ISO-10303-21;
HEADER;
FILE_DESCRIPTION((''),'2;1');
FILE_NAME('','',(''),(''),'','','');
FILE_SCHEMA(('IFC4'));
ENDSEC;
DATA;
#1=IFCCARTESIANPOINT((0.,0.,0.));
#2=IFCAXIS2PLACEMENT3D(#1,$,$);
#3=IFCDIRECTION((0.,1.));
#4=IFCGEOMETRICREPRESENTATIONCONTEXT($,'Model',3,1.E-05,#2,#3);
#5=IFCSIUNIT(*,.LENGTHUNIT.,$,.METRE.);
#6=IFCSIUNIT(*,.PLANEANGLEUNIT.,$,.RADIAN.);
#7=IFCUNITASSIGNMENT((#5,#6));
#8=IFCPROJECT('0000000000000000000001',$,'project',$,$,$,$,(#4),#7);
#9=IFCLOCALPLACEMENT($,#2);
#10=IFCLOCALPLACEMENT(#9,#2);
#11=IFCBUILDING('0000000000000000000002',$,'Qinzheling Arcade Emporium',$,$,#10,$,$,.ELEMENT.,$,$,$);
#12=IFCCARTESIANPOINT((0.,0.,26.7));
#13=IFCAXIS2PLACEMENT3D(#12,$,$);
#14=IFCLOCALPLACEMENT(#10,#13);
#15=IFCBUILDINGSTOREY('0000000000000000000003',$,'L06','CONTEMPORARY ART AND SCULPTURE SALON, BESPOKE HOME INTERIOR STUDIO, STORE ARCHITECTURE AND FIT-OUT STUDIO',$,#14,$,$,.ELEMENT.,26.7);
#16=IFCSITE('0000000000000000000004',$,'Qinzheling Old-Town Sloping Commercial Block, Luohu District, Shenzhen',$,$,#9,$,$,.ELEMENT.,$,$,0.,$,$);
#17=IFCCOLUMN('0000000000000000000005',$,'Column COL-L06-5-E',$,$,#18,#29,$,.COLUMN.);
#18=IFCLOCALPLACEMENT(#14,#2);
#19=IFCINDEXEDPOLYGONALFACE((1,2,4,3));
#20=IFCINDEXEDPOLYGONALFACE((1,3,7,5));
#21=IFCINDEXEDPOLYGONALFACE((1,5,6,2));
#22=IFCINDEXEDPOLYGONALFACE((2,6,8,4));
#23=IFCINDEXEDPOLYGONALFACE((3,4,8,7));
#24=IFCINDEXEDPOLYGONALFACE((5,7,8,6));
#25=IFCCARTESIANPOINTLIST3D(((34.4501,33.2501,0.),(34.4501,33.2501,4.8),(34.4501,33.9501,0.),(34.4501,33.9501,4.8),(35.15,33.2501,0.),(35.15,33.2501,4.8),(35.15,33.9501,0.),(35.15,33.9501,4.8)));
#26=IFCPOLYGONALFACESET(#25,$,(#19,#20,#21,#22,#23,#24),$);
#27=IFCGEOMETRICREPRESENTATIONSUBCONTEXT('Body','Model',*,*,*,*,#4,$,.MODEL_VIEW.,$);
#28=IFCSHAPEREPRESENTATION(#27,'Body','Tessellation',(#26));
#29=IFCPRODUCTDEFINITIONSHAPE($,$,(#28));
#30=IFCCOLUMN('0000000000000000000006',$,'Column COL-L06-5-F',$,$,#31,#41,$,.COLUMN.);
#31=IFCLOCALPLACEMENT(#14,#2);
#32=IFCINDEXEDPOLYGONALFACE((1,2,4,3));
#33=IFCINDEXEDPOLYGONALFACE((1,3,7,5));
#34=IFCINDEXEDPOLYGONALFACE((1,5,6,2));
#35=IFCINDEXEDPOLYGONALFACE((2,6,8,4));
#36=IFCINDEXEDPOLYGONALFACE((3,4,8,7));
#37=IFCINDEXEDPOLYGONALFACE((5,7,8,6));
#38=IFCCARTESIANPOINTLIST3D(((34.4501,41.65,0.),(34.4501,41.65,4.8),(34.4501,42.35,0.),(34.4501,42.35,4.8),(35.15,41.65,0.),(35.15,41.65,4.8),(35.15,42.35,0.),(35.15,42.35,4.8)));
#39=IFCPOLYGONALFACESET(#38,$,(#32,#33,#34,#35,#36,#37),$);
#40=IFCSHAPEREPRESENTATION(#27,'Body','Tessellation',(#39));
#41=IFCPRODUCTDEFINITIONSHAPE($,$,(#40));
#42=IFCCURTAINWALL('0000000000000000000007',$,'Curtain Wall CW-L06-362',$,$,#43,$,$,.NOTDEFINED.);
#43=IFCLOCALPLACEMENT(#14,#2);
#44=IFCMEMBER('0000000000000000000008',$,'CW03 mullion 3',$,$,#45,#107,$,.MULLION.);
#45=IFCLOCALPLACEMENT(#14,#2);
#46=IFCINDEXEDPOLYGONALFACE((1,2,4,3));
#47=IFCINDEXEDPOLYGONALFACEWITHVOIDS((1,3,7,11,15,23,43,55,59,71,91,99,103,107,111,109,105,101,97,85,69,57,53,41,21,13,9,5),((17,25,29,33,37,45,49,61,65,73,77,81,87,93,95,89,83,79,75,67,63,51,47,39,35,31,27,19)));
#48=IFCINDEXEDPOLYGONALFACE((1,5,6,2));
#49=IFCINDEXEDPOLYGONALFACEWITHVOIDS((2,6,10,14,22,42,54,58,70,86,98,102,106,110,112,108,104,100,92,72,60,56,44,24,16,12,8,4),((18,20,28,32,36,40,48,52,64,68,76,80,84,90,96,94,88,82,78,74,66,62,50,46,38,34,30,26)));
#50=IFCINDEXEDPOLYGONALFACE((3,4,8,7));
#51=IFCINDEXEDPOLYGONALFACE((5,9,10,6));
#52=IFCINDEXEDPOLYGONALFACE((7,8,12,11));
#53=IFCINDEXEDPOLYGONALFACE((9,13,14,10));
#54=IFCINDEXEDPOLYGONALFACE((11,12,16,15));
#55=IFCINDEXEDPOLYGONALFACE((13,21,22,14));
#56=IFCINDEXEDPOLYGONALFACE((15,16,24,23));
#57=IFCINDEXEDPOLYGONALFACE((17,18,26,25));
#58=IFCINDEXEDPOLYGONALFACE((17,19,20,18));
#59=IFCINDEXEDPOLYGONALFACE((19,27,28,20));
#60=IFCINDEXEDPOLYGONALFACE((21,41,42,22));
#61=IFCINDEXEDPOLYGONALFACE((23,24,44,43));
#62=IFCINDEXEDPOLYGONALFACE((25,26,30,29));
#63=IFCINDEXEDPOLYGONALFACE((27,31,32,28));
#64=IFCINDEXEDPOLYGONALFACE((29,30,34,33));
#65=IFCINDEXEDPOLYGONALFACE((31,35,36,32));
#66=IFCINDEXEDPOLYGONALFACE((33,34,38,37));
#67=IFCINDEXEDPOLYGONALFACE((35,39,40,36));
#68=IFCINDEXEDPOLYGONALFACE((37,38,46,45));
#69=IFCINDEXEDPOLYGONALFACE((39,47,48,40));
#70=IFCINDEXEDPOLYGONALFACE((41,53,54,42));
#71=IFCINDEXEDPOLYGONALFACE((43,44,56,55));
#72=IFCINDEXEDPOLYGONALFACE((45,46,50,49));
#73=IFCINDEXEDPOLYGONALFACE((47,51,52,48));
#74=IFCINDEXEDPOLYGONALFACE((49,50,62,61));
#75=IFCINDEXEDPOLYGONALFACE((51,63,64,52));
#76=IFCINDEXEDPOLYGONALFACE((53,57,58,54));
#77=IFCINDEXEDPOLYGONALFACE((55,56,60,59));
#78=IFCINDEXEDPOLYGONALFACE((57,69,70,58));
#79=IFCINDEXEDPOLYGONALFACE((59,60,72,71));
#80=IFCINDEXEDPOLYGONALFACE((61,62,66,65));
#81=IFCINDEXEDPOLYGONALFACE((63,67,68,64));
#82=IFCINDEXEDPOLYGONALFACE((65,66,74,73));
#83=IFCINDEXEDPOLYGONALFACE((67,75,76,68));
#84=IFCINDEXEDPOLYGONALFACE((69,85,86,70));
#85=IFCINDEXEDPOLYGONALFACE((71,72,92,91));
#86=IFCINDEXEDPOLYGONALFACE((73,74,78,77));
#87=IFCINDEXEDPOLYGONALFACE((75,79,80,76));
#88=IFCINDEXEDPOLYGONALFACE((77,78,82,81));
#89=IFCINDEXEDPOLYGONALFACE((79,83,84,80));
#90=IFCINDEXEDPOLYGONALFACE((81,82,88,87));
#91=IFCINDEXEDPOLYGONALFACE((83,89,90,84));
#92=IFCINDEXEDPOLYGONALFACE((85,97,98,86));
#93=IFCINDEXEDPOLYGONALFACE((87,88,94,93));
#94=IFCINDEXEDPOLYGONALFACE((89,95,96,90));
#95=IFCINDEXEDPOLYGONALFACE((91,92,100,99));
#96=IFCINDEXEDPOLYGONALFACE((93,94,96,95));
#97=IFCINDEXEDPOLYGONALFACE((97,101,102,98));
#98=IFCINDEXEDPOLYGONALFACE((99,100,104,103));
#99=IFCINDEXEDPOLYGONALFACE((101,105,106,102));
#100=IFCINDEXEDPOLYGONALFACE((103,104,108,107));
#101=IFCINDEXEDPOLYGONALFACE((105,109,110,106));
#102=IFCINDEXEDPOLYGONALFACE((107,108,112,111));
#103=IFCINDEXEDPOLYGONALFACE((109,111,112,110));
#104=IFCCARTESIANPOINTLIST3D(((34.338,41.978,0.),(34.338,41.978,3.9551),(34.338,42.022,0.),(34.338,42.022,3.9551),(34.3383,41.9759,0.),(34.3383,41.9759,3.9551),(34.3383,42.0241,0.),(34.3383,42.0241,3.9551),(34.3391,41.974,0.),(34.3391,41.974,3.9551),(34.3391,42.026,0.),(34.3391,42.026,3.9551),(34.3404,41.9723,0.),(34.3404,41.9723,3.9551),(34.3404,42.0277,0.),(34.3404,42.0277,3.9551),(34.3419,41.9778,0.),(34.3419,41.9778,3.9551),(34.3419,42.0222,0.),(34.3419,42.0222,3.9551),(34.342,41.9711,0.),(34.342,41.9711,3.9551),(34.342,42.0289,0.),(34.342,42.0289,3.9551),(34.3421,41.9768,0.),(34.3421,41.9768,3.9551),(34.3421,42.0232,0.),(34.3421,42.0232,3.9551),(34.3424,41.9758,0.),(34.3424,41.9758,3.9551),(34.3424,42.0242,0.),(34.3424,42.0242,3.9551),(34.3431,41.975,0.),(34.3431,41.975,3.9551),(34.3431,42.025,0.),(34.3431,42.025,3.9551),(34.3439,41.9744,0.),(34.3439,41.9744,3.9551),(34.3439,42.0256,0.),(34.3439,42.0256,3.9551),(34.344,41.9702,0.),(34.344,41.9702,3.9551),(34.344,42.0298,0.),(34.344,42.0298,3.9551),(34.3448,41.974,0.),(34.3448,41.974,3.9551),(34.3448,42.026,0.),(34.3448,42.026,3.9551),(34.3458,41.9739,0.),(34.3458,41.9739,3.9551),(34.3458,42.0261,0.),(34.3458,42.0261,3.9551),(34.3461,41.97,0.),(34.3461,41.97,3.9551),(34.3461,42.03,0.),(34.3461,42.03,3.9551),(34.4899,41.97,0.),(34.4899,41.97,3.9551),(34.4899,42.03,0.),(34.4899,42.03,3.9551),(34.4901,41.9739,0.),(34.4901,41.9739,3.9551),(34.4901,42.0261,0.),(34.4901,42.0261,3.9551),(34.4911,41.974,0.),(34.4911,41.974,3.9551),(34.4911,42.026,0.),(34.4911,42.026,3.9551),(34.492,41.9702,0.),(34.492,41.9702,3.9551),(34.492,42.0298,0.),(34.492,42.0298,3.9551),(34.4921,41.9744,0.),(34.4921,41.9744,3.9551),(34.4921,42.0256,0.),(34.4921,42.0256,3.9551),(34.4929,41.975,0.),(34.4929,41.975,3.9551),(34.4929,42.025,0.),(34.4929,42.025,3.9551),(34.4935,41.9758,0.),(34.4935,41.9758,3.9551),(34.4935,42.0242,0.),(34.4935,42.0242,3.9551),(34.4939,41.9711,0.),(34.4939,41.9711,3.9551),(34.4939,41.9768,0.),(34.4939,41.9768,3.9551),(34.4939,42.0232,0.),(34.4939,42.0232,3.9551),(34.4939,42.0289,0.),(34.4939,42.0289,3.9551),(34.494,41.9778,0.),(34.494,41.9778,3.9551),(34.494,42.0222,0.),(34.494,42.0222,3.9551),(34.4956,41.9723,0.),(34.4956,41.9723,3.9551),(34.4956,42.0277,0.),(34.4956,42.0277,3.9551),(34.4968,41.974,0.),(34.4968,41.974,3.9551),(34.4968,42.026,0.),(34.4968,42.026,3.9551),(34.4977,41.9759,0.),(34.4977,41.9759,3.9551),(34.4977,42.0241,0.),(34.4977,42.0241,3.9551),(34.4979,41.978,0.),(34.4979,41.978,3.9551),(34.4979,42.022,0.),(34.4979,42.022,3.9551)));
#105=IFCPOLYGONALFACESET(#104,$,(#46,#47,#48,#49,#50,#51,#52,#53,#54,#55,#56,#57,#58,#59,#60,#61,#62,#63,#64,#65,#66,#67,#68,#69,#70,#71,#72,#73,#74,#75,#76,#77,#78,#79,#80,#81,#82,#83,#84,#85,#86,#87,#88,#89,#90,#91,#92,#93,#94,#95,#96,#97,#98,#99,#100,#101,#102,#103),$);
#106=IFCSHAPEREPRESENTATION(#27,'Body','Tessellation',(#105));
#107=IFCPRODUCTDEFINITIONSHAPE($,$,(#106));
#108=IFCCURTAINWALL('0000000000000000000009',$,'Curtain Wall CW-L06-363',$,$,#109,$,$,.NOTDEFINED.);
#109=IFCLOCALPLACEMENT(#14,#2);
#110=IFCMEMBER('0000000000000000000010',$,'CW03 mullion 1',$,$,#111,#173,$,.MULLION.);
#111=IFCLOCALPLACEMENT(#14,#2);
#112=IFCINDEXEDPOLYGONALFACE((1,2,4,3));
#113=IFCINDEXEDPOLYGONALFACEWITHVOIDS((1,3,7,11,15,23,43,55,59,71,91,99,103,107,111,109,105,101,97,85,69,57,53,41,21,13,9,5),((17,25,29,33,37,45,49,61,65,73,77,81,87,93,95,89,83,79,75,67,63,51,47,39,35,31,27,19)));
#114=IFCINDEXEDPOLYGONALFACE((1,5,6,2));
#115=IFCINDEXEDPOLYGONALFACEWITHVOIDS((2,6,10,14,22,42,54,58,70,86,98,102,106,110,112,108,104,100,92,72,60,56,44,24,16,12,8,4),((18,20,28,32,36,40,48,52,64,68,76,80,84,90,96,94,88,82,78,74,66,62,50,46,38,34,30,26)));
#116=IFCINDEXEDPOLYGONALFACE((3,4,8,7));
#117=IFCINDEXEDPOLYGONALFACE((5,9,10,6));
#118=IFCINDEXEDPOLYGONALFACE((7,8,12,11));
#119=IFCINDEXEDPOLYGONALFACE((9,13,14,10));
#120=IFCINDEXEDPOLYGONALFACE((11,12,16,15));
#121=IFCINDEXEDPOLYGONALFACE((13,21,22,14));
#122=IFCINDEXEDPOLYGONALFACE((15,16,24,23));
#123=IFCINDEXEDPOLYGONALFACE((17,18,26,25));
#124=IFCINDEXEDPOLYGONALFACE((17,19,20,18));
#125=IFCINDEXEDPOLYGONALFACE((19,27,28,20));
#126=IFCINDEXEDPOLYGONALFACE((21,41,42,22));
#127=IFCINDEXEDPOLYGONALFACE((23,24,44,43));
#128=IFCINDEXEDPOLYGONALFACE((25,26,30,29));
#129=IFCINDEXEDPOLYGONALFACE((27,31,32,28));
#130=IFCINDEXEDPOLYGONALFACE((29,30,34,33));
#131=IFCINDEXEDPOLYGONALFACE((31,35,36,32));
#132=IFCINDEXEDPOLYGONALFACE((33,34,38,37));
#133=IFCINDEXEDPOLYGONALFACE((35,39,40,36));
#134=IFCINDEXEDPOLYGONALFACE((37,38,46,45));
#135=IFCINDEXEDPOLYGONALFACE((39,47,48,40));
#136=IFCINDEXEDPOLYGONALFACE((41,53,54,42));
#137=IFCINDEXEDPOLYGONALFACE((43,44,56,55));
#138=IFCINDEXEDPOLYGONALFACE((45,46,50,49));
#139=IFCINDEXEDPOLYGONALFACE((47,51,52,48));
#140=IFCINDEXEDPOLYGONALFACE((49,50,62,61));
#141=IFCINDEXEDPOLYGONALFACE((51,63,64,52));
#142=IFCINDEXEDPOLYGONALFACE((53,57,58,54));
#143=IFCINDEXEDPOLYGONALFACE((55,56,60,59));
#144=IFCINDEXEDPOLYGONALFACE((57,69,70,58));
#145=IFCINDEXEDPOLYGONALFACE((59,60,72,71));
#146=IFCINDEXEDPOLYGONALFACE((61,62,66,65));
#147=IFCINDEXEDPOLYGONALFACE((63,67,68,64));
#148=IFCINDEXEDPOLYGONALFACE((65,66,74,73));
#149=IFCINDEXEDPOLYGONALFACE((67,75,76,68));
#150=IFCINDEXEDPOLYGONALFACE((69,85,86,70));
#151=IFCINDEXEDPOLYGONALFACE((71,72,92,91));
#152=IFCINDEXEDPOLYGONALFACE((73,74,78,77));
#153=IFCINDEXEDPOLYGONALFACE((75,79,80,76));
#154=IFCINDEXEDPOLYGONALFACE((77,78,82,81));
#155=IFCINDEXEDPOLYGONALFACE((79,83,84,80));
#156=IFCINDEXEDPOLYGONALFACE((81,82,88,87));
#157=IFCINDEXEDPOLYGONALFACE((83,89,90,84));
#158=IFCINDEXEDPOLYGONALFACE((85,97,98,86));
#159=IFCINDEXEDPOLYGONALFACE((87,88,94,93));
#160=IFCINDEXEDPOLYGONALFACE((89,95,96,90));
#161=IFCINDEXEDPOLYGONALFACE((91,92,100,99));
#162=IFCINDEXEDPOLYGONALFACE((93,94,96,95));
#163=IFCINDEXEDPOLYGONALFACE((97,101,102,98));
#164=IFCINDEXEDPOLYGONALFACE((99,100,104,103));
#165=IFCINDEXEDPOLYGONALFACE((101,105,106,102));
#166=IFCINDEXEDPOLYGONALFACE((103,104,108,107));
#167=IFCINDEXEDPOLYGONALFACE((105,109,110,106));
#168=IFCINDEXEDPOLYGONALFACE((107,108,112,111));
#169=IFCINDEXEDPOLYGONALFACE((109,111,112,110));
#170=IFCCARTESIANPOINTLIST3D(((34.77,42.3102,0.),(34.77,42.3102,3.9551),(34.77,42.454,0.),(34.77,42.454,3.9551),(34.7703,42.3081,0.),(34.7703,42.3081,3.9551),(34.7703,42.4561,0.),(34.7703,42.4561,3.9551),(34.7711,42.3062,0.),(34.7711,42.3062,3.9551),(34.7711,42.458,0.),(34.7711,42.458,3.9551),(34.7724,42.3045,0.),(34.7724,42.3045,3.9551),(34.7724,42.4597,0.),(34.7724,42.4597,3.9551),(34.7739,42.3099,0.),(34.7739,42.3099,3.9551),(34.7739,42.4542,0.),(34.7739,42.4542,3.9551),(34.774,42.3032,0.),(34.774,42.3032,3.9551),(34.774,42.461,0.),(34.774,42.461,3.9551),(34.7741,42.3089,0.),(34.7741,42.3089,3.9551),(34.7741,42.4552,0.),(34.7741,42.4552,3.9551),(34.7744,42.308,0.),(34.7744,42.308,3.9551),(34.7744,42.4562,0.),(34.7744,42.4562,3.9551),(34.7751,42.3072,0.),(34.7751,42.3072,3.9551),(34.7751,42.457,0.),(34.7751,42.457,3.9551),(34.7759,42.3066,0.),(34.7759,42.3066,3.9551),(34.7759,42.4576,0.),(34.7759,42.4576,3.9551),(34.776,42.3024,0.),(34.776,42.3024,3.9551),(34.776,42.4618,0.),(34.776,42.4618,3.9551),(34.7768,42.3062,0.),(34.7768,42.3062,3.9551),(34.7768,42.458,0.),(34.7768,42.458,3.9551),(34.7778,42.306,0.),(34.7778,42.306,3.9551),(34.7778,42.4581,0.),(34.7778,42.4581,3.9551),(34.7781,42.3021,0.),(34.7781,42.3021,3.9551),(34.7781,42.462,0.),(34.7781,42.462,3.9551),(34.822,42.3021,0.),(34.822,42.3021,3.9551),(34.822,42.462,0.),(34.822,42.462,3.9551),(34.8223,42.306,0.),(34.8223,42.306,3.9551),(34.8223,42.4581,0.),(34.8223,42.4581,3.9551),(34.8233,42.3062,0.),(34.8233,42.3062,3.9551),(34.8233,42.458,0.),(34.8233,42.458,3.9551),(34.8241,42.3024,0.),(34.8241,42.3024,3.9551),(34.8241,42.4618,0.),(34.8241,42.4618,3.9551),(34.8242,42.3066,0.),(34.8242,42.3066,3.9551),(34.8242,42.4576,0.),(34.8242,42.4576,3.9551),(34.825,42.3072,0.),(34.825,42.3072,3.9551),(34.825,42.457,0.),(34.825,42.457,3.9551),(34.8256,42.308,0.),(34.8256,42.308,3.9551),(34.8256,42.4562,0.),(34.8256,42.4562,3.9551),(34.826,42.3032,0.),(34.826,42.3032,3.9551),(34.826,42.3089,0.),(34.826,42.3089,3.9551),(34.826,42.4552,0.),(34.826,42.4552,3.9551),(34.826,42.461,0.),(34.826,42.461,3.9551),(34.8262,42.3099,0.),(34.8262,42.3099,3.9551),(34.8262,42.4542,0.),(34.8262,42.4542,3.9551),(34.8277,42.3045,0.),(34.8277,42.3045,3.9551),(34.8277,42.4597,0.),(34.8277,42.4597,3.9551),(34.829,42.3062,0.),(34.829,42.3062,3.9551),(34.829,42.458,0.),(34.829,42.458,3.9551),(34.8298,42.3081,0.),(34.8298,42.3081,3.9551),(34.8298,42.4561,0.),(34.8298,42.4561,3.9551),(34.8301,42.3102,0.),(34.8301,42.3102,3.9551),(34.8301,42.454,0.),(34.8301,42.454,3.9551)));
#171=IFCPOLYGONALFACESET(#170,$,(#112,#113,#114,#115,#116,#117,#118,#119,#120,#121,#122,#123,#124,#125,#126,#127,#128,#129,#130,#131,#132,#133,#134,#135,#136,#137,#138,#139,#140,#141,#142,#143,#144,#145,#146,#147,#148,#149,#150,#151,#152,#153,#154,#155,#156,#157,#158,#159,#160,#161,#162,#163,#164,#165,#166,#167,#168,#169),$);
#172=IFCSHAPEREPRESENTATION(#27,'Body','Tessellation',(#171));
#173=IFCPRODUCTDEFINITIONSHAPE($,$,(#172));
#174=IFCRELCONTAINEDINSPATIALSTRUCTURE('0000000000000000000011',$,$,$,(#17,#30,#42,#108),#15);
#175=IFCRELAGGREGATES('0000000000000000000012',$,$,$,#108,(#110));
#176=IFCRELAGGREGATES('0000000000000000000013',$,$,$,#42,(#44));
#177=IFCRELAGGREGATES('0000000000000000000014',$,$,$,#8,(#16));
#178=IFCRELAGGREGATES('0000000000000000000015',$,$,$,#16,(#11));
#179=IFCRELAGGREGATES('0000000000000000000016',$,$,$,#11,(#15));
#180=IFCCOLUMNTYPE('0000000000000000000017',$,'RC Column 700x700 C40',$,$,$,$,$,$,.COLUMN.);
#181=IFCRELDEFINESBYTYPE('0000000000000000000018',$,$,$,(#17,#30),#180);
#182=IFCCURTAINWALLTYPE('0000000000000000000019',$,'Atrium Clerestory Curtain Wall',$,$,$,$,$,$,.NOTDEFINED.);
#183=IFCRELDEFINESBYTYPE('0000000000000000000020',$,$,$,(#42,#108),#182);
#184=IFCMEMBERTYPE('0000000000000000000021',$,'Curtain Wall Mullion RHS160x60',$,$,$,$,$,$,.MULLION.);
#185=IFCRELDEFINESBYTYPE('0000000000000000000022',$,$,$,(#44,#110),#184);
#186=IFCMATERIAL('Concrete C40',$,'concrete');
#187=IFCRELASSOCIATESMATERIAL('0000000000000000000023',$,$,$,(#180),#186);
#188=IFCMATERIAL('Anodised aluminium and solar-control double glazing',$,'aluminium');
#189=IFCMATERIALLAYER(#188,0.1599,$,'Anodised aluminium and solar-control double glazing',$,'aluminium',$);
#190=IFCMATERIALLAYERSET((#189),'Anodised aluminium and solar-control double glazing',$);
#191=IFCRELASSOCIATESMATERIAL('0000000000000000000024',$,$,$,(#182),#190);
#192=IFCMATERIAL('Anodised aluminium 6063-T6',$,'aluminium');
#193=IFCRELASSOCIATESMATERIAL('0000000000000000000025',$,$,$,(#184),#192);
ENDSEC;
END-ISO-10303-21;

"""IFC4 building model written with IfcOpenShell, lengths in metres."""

from ifc_helpers import new_model, si_unit, direction, frame, origin, origin_2d, place, context, subcontext, project, spatial, rectangle, hollow_rectangle, extrude, material, layer, layer_set, material_profile, profile_set, type_object, element, aggregate, save


model = new_model("IFC4")

# Units and contexts
model_context = context("Model", 3, precision=1e-05, world=origin(), true_north=direction((0.0, 1.0)))
body_context = subcontext(model_context, "Body", "Model", "MODEL_VIEW")
ifc_project = project(units=[si_unit("LENGTHUNIT", "METRE"), si_unit("PLANEANGLEUNIT", "RADIAN")], contexts=[model_context])

# Site, building, storey
site_placement = place(None, origin())
site = spatial("IfcSite", under=ifc_project, at=site_placement, Name="Qinzheling Old-Town Sloping Commercial Block, Luohu District, Shenzhen", CompositionType="ELEMENT", RefElevation=0.0)
building_placement = place(site_placement, origin())
building = spatial("IfcBuilding", under=site, at=building_placement, Name="Qinzheling Arcade Emporium", CompositionType="ELEMENT")
storey_placement = place(building_placement, frame((0.0, 0.0, 26.7)))
storey = spatial("IfcBuildingStorey", under=building, at=storey_placement, Name="L06", Description="CONTEMPORARY ART AND SCULPTURE SALON, BESPOKE HOME INTERIOR STUDIO, STORE ARCHITECTURE AND FIT-OUT STUDIO", CompositionType="ELEMENT", Elevation=26.7)

# Columns
ifc_material_1 = material(Name="Concrete C40", Category="concrete")
ifc_material_profile_1 = material_profile(ifc_material_1, rectangle(XDim=0.7, YDim=0.7, at=origin_2d()), Name="RC 700x700", Category="concrete")
ifc_profile_set_1 = profile_set([ifc_material_profile_1], Name="Concrete C40")
column_type = type_object("IfcColumnType", Name="RC Column 700x700 C40", PredefinedType="COLUMN", material=ifc_profile_set_1)
for number, where, z_axis, x_axis, name in (
    (1, (34.8, 33.6001, 0.0), (0.0, 0.0, 1.0), (1.0, 0.0, 0.0), "Column COL-L06-5-E"),
    (2, (34.8, 42.0, 0.0), (0.0, 0.0, 1.0), (1.0, 0.0, 0.0), "Column COL-L06-5-F"),
):
    element("IfcColumn", number, at=place(storey_placement, frame(where, z_axis=z_axis, x_axis=x_axis)), inside=storey, type_object=column_type, Name=name, PredefinedType="COLUMN", context=body_context, shape_type="SweptSolid", body=[
        extrude(rectangle(XDim=0.7, YDim=0.7, at=origin_2d()), origin(), (0.0, 0.0, 1.0), 4.8),
    ])

# Curtain walls, members
ifc_material_2 = material(Name="Anodised aluminium and solar-control double glazing", Category="aluminium")
ifc_layer_1 = layer(ifc_material_2, 0.1599, Name="Anodised aluminium and solar-control double glazing", Category="aluminium")
ifc_layer_set_1 = layer_set([ifc_layer_1], Name="Anodised aluminium and solar-control double glazing")
curtain_wall_type = type_object("IfcCurtainWallType", Name="Atrium Clerestory Curtain Wall", PredefinedType="NOTDEFINED", material=ifc_layer_set_1)
curtain_wall_1_placement = place(storey_placement, origin())
curtain_wall_1 = element("IfcCurtainWall", 3, at=curtain_wall_1_placement, inside=storey, type_object=curtain_wall_type, Name="Curtain Wall CW-L06-362", PredefinedType="NOTDEFINED")
ifc_material_3 = material(Name="Anodised aluminium 6063-T6", Category="aluminium")
ifc_material_profile_2 = material_profile(ifc_material_3, hollow_rectangle(XDim=0.0601, YDim=0.1599, WallThickness=0.0039, InnerFilletRadius=0.0039, OuterFilletRadius=0.0081, at=origin_2d()), Name="RHS 160x60x4", Category="aluminium")
ifc_profile_set_2 = profile_set([ifc_material_profile_2], Name="Anodised aluminium 6063-T6")
member_type_1 = type_object("IfcMemberType", Name="Curtain Wall Mullion RHS160x60", PredefinedType="MULLION", material=ifc_profile_set_2)
member_1_placement = place(storey_placement, frame((34.418, 42.0, 0.0), z_axis=(0.0, 0.0, 1.0), x_axis=(0.0, 1.0, 0.0)))
member_1 = element("IfcMember", 4, at=member_1_placement, type_object=member_type_1, Name="CW03 mullion 3", PredefinedType="MULLION", context=body_context, shape_type="SweptSolid", body=[
    extrude(hollow_rectangle(XDim=0.0601, YDim=0.1599, WallThickness=0.0039, InnerFilletRadius=0.0039, OuterFilletRadius=0.0081, at=origin_2d()), origin(), (0.0, 0.0, 1.0), 3.9551),
])
curtain_wall_2_placement = place(storey_placement, origin())
curtain_wall_2 = element("IfcCurtainWall", 5, at=curtain_wall_2_placement, inside=storey, type_object=curtain_wall_type, Name="Curtain Wall CW-L06-363", PredefinedType="NOTDEFINED")
member_2_placement = place(storey_placement, frame((34.8, 42.3821, 0.0), z_axis=(0.0, 0.0, 1.0), x_axis=(-1.0, 0.0, 0.0)))
member_2 = element("IfcMember", 6, at=member_2_placement, type_object=member_type_1, Name="CW03 mullion 1", PredefinedType="MULLION", context=body_context, shape_type="SweptSolid", body=[
    extrude(hollow_rectangle(XDim=0.0601, YDim=0.1599, WallThickness=0.0039, InnerFilletRadius=0.0039, OuterFilletRadius=0.0081, at=origin_2d()), origin(), (0.0, 0.0, 1.0), 3.9551),
])

aggregate(curtain_wall_2, [member_2])
aggregate(curtain_wall_1, [member_1])

save(model, "model.ifc")
